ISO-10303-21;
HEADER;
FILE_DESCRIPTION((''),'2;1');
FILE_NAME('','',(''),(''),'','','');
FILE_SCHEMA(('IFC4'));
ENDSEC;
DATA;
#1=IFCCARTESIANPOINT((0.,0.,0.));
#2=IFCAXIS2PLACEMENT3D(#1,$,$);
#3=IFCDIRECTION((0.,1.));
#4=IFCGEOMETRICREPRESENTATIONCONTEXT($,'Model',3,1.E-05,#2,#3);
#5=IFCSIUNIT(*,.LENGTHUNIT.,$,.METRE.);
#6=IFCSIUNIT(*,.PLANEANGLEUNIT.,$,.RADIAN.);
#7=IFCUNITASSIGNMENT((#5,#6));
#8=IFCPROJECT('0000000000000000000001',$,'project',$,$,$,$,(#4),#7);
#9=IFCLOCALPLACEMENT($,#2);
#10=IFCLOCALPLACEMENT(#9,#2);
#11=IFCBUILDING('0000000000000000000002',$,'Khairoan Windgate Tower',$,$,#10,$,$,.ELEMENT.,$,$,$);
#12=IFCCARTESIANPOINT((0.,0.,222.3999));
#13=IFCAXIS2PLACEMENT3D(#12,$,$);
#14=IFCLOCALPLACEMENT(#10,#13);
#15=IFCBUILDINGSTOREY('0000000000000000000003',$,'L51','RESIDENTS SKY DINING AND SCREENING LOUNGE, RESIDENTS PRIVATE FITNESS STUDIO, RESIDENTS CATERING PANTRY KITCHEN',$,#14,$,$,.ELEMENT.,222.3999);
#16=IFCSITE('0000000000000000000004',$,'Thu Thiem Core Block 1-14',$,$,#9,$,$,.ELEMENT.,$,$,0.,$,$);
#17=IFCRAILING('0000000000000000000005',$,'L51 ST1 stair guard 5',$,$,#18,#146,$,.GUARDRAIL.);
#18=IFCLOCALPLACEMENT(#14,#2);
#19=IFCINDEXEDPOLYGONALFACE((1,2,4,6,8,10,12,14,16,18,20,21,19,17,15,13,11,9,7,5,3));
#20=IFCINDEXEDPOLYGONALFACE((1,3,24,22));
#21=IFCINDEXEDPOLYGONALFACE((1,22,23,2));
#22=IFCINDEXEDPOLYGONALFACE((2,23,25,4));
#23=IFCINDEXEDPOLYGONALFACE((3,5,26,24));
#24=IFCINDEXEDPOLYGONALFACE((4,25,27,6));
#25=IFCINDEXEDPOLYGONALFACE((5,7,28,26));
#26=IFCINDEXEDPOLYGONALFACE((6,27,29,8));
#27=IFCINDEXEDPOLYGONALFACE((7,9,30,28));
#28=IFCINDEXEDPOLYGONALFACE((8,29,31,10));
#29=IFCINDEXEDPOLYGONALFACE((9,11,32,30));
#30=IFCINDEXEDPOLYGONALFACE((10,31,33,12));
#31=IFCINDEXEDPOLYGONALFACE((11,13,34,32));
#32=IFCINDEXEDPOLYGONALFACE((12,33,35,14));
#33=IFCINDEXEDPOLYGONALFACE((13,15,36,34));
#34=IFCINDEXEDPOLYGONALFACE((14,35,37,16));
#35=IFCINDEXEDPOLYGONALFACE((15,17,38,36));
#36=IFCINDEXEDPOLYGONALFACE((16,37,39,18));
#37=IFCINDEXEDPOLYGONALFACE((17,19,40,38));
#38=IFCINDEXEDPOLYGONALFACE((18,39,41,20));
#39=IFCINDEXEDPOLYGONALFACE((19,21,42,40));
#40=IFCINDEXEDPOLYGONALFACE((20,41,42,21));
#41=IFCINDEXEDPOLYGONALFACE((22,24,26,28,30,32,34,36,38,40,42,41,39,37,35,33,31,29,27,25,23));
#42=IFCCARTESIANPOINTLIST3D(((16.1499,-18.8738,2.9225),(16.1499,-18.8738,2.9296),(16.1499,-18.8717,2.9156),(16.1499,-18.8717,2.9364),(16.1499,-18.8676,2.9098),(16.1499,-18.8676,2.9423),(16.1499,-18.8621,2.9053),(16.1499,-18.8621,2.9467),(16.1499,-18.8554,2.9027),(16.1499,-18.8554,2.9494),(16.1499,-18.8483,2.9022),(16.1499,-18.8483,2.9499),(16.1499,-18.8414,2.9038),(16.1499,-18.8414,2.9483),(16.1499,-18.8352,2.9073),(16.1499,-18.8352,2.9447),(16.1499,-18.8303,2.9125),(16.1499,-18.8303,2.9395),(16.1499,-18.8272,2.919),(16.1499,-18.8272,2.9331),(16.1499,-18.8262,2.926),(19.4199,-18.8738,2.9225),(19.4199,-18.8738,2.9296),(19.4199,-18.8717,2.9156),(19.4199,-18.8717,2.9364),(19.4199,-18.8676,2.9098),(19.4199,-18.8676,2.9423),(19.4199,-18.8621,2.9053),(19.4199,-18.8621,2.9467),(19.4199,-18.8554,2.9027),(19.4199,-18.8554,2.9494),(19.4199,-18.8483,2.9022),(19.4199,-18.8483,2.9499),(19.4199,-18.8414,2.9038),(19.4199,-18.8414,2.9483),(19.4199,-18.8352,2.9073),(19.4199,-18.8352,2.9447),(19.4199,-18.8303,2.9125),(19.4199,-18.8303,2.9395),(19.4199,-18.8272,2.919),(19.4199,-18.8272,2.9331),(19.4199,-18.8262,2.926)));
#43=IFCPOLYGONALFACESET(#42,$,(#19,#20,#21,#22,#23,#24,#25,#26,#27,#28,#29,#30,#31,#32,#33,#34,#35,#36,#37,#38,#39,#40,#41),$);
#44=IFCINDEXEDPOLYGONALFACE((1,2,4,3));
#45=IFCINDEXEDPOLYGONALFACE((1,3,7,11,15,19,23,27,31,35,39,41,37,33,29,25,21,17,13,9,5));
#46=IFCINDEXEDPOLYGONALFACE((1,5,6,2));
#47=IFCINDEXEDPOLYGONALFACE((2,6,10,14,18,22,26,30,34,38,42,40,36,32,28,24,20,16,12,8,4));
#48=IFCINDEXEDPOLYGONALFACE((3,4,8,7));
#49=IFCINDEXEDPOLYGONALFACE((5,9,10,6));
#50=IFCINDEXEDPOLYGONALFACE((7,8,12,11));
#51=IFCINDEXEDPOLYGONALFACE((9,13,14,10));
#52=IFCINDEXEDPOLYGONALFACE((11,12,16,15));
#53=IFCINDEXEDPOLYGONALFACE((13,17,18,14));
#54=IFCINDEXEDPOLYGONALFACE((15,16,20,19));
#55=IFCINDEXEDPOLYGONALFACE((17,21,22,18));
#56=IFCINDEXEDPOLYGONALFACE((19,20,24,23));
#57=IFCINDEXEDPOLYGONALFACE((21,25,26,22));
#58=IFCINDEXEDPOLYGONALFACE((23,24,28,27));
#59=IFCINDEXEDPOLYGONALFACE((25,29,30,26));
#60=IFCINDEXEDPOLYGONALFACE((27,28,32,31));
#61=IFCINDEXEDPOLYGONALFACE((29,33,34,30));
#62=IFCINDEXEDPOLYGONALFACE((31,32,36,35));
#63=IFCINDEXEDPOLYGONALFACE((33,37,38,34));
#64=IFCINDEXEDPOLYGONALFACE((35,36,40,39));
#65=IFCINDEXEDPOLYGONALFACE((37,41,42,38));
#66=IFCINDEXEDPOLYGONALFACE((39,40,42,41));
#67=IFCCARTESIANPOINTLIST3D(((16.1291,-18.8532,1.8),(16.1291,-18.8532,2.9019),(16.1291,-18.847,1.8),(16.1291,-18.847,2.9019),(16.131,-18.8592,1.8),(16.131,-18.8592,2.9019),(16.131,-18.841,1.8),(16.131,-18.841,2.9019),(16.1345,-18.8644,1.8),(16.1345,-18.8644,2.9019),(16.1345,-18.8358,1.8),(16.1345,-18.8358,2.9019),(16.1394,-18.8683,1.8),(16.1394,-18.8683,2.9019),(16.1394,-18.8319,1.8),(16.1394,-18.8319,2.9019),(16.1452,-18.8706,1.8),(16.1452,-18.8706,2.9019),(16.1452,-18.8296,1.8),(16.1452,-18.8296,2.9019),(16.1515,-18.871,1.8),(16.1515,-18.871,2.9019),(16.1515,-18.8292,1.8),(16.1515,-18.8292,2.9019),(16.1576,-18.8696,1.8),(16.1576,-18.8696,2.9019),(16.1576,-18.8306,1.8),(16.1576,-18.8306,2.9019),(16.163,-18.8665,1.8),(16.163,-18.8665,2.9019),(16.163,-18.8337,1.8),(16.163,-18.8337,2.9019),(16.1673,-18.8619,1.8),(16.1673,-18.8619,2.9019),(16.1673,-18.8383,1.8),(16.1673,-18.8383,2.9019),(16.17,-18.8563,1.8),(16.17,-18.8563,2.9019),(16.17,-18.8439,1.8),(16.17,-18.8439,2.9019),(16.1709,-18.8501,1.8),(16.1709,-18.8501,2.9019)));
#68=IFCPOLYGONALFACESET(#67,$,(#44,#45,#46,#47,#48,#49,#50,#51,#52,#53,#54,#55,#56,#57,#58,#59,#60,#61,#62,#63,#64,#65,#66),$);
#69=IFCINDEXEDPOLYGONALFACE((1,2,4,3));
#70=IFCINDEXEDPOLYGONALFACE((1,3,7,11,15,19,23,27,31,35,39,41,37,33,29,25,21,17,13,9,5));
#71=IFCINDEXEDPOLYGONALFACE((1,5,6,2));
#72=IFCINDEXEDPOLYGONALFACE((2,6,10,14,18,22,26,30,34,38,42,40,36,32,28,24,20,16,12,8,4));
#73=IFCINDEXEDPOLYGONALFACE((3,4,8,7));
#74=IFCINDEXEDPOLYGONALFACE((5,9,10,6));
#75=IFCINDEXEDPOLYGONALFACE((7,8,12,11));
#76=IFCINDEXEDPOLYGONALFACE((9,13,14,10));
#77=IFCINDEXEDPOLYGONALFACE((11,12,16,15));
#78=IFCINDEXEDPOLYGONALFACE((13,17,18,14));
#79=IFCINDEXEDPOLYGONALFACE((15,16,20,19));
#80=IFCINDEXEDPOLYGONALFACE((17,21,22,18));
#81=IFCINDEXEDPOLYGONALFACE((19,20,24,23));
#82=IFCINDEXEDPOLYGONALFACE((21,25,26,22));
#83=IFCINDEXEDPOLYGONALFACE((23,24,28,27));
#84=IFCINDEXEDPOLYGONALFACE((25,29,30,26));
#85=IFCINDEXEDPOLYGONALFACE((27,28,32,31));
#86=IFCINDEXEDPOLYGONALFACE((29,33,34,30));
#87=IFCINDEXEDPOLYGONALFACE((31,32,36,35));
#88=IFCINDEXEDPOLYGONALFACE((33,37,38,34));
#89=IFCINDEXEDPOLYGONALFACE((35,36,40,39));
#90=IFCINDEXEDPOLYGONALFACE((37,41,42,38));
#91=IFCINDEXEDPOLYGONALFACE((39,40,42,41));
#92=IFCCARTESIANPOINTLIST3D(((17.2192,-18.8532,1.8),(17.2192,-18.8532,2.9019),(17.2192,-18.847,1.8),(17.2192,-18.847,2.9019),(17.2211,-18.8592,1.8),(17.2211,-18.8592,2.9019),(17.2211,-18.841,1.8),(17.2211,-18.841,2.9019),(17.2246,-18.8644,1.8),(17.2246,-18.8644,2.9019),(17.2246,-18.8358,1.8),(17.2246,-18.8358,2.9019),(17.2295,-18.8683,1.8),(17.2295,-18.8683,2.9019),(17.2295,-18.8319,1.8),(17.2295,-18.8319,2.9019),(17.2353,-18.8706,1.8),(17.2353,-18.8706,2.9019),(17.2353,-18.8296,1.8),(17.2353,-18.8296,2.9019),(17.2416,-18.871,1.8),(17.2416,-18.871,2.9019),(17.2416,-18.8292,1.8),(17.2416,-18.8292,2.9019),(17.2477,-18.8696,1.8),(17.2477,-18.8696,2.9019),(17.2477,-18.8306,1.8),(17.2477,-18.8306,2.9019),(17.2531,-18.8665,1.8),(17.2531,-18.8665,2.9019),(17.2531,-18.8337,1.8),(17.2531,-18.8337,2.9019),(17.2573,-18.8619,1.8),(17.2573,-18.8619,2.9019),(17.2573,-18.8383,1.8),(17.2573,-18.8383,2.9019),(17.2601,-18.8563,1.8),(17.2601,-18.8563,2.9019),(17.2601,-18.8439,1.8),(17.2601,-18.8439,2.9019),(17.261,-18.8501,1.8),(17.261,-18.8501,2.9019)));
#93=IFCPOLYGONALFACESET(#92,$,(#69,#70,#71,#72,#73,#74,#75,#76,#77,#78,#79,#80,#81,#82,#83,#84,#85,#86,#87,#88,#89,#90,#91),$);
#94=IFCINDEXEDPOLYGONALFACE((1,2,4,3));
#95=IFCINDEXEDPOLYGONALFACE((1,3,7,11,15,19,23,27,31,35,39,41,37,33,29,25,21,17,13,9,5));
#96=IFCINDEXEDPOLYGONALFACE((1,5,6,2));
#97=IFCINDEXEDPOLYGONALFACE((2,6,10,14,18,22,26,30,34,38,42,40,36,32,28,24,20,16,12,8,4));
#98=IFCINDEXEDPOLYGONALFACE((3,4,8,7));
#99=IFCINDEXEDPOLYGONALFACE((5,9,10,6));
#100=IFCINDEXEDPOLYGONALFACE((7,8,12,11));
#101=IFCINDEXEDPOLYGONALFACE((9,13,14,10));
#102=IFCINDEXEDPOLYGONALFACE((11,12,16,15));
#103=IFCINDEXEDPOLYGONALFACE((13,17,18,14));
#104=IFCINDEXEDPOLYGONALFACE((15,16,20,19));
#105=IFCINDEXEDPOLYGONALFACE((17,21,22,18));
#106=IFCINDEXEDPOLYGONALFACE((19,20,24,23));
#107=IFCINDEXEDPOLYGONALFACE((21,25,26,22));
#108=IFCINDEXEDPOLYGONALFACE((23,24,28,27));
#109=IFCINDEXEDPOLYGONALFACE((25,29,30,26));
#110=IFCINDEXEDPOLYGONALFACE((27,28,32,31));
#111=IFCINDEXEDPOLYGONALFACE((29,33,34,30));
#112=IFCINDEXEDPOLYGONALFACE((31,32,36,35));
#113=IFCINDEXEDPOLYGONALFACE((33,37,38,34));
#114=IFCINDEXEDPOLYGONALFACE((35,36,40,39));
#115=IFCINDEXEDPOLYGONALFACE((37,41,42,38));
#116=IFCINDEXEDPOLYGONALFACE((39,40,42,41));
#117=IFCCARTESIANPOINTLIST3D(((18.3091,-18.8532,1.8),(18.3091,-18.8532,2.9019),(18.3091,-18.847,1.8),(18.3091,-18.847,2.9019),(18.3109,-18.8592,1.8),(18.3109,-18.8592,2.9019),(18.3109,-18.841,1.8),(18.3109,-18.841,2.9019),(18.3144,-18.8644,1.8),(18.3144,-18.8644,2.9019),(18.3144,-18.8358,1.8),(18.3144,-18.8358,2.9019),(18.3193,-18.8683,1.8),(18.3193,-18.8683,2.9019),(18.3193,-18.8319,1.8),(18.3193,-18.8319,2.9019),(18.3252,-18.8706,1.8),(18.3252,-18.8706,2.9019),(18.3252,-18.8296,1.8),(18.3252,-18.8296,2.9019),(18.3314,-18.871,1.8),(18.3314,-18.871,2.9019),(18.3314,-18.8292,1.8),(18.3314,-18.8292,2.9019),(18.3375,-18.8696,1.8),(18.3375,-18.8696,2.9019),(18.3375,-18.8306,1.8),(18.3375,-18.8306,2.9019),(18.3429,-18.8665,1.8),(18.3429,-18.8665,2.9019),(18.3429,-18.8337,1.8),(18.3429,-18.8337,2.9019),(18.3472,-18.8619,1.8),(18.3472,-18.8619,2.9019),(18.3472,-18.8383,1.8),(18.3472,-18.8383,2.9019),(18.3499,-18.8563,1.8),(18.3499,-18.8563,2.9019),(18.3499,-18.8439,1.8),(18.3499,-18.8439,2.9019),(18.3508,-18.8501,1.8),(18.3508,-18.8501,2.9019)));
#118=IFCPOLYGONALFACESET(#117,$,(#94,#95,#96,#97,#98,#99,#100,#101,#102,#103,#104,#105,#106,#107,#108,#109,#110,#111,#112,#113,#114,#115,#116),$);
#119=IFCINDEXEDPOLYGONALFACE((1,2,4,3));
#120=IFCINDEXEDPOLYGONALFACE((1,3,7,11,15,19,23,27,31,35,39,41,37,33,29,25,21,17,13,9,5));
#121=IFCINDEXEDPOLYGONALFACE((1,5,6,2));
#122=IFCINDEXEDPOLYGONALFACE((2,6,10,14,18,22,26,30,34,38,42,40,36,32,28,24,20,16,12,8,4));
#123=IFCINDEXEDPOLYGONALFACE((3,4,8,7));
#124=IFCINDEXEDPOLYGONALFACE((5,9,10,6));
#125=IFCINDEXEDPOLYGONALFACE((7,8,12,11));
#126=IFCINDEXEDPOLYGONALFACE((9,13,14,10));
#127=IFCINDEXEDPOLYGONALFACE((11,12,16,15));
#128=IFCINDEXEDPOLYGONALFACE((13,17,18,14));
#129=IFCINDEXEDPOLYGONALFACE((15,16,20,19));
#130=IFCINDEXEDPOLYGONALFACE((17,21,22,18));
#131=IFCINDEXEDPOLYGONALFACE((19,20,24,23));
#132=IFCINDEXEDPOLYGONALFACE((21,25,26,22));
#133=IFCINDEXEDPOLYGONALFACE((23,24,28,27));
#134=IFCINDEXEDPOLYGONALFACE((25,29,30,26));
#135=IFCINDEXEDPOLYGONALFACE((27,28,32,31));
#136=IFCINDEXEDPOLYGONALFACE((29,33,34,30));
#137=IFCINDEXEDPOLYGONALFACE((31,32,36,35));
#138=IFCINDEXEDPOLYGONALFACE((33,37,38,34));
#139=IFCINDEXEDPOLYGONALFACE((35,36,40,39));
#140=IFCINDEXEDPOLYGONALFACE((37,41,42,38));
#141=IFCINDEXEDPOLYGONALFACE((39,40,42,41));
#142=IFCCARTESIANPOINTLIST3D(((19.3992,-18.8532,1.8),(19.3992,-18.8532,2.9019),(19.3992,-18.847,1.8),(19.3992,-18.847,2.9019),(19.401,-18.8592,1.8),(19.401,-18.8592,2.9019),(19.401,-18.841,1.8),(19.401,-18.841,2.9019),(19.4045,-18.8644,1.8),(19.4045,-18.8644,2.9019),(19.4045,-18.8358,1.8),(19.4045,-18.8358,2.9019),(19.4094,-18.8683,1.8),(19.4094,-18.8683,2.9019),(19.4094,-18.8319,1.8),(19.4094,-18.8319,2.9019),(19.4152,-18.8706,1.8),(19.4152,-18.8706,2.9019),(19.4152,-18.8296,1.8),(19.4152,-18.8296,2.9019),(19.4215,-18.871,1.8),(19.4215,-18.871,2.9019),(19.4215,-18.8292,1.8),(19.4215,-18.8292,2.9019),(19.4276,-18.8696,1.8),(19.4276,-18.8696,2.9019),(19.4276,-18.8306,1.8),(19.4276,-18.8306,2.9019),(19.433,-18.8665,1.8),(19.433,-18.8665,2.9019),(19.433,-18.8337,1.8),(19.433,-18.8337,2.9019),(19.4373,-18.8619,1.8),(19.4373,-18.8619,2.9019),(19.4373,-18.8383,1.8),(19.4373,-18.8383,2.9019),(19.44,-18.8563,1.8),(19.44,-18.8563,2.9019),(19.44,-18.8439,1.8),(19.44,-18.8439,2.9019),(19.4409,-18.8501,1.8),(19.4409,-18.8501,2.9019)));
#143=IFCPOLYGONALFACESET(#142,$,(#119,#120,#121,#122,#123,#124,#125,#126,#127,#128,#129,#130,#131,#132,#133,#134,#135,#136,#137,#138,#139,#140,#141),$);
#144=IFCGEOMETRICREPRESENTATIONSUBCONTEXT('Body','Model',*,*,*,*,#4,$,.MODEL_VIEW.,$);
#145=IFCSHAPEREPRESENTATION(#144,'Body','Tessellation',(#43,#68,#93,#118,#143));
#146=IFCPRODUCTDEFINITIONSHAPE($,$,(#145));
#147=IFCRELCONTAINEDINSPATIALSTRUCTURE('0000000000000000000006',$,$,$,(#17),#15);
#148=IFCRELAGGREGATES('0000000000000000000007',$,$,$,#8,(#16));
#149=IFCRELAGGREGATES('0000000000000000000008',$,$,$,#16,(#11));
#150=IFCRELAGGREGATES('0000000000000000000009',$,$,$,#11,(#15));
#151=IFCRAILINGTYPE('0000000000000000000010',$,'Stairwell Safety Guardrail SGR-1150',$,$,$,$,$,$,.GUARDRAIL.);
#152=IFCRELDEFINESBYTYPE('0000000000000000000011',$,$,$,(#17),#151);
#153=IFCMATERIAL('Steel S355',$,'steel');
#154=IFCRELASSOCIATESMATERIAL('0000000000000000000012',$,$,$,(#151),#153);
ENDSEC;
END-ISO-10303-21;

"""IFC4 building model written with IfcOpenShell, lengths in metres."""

from ifc_helpers import new_model, si_unit, direction, frame, origin, origin_2d, place, context, subcontext, project, spatial, circle, extrude, material, type_object, element, save


model = new_model("IFC4")

# Units and contexts
model_context = context("Model", 3, precision=1e-05, world=origin(), true_north=direction((0.0, 1.0)))
body_context = subcontext(model_context, "Body", "Model", "MODEL_VIEW")
ifc_project = project(units=[si_unit("LENGTHUNIT", "METRE"), si_unit("PLANEANGLEUNIT", "RADIAN")], contexts=[model_context])

# Site, building, storey
site_placement = place(None, origin())
site = spatial("IfcSite", under=ifc_project, at=site_placement, Name="Thu Thiem Core Block 1-14", CompositionType="ELEMENT", RefElevation=0.0)
building_placement = place(site_placement, origin())
building = spatial("IfcBuilding", under=site, at=building_placement, Name="Khairoan Windgate Tower", CompositionType="ELEMENT")
storey_placement = place(building_placement, frame((0.0, 0.0, 222.3999)))
storey = spatial("IfcBuildingStorey", under=building, at=storey_placement, Name="L51", Description="RESIDENTS SKY DINING AND SCREENING LOUNGE, RESIDENTS PRIVATE FITNESS STUDIO, RESIDENTS CATERING PANTRY KITCHEN", CompositionType="ELEMENT", Elevation=222.3999)

# Railing
ifc_material_1 = material(Name="Steel S355", Category="steel")
railing_type = type_object("IfcRailingType", Name="Stairwell Safety Guardrail SGR-1150", PredefinedType="GUARDRAIL", material=ifc_material_1)
railing_1_placement = place(storey_placement, frame((16.1499, -18.8501, 1.8)))
element("IfcRailing", 1, at=railing_1_placement, inside=storey, type_object=railing_type, Name="L51 ST1 stair guard 5", PredefinedType="GUARDRAIL", context=body_context, shape_type="SweptSolid", body=[
    extrude(circle(Radius=0.0239, at=origin_2d()), frame((0.0, 0.0, 1.126), z_axis=(1.0, 0.0, 0.0), x_axis=(0.0, 1.0, 0.0)), (0.0, 0.0, 1.0), 3.27),
    extrude(circle(Radius=0.021, at=origin_2d()), origin(), (0.0, 0.0, 1.0), 1.1018),
    extrude(circle(Radius=0.021, at=origin_2d()), frame((1.0901, 0.0, 0.0)), (0.0, 0.0, 1.0), 1.1018),
    extrude(circle(Radius=0.021, at=origin_2d()), frame((2.1799, 0.0, 0.0)), (0.0, 0.0, 1.0), 1.1018),
    extrude(circle(Radius=0.021, at=origin_2d()), frame((3.27, 0.0, 0.0)), (0.0, 0.0, 1.0), 1.1018),
])

save(model, "model.ifc")
